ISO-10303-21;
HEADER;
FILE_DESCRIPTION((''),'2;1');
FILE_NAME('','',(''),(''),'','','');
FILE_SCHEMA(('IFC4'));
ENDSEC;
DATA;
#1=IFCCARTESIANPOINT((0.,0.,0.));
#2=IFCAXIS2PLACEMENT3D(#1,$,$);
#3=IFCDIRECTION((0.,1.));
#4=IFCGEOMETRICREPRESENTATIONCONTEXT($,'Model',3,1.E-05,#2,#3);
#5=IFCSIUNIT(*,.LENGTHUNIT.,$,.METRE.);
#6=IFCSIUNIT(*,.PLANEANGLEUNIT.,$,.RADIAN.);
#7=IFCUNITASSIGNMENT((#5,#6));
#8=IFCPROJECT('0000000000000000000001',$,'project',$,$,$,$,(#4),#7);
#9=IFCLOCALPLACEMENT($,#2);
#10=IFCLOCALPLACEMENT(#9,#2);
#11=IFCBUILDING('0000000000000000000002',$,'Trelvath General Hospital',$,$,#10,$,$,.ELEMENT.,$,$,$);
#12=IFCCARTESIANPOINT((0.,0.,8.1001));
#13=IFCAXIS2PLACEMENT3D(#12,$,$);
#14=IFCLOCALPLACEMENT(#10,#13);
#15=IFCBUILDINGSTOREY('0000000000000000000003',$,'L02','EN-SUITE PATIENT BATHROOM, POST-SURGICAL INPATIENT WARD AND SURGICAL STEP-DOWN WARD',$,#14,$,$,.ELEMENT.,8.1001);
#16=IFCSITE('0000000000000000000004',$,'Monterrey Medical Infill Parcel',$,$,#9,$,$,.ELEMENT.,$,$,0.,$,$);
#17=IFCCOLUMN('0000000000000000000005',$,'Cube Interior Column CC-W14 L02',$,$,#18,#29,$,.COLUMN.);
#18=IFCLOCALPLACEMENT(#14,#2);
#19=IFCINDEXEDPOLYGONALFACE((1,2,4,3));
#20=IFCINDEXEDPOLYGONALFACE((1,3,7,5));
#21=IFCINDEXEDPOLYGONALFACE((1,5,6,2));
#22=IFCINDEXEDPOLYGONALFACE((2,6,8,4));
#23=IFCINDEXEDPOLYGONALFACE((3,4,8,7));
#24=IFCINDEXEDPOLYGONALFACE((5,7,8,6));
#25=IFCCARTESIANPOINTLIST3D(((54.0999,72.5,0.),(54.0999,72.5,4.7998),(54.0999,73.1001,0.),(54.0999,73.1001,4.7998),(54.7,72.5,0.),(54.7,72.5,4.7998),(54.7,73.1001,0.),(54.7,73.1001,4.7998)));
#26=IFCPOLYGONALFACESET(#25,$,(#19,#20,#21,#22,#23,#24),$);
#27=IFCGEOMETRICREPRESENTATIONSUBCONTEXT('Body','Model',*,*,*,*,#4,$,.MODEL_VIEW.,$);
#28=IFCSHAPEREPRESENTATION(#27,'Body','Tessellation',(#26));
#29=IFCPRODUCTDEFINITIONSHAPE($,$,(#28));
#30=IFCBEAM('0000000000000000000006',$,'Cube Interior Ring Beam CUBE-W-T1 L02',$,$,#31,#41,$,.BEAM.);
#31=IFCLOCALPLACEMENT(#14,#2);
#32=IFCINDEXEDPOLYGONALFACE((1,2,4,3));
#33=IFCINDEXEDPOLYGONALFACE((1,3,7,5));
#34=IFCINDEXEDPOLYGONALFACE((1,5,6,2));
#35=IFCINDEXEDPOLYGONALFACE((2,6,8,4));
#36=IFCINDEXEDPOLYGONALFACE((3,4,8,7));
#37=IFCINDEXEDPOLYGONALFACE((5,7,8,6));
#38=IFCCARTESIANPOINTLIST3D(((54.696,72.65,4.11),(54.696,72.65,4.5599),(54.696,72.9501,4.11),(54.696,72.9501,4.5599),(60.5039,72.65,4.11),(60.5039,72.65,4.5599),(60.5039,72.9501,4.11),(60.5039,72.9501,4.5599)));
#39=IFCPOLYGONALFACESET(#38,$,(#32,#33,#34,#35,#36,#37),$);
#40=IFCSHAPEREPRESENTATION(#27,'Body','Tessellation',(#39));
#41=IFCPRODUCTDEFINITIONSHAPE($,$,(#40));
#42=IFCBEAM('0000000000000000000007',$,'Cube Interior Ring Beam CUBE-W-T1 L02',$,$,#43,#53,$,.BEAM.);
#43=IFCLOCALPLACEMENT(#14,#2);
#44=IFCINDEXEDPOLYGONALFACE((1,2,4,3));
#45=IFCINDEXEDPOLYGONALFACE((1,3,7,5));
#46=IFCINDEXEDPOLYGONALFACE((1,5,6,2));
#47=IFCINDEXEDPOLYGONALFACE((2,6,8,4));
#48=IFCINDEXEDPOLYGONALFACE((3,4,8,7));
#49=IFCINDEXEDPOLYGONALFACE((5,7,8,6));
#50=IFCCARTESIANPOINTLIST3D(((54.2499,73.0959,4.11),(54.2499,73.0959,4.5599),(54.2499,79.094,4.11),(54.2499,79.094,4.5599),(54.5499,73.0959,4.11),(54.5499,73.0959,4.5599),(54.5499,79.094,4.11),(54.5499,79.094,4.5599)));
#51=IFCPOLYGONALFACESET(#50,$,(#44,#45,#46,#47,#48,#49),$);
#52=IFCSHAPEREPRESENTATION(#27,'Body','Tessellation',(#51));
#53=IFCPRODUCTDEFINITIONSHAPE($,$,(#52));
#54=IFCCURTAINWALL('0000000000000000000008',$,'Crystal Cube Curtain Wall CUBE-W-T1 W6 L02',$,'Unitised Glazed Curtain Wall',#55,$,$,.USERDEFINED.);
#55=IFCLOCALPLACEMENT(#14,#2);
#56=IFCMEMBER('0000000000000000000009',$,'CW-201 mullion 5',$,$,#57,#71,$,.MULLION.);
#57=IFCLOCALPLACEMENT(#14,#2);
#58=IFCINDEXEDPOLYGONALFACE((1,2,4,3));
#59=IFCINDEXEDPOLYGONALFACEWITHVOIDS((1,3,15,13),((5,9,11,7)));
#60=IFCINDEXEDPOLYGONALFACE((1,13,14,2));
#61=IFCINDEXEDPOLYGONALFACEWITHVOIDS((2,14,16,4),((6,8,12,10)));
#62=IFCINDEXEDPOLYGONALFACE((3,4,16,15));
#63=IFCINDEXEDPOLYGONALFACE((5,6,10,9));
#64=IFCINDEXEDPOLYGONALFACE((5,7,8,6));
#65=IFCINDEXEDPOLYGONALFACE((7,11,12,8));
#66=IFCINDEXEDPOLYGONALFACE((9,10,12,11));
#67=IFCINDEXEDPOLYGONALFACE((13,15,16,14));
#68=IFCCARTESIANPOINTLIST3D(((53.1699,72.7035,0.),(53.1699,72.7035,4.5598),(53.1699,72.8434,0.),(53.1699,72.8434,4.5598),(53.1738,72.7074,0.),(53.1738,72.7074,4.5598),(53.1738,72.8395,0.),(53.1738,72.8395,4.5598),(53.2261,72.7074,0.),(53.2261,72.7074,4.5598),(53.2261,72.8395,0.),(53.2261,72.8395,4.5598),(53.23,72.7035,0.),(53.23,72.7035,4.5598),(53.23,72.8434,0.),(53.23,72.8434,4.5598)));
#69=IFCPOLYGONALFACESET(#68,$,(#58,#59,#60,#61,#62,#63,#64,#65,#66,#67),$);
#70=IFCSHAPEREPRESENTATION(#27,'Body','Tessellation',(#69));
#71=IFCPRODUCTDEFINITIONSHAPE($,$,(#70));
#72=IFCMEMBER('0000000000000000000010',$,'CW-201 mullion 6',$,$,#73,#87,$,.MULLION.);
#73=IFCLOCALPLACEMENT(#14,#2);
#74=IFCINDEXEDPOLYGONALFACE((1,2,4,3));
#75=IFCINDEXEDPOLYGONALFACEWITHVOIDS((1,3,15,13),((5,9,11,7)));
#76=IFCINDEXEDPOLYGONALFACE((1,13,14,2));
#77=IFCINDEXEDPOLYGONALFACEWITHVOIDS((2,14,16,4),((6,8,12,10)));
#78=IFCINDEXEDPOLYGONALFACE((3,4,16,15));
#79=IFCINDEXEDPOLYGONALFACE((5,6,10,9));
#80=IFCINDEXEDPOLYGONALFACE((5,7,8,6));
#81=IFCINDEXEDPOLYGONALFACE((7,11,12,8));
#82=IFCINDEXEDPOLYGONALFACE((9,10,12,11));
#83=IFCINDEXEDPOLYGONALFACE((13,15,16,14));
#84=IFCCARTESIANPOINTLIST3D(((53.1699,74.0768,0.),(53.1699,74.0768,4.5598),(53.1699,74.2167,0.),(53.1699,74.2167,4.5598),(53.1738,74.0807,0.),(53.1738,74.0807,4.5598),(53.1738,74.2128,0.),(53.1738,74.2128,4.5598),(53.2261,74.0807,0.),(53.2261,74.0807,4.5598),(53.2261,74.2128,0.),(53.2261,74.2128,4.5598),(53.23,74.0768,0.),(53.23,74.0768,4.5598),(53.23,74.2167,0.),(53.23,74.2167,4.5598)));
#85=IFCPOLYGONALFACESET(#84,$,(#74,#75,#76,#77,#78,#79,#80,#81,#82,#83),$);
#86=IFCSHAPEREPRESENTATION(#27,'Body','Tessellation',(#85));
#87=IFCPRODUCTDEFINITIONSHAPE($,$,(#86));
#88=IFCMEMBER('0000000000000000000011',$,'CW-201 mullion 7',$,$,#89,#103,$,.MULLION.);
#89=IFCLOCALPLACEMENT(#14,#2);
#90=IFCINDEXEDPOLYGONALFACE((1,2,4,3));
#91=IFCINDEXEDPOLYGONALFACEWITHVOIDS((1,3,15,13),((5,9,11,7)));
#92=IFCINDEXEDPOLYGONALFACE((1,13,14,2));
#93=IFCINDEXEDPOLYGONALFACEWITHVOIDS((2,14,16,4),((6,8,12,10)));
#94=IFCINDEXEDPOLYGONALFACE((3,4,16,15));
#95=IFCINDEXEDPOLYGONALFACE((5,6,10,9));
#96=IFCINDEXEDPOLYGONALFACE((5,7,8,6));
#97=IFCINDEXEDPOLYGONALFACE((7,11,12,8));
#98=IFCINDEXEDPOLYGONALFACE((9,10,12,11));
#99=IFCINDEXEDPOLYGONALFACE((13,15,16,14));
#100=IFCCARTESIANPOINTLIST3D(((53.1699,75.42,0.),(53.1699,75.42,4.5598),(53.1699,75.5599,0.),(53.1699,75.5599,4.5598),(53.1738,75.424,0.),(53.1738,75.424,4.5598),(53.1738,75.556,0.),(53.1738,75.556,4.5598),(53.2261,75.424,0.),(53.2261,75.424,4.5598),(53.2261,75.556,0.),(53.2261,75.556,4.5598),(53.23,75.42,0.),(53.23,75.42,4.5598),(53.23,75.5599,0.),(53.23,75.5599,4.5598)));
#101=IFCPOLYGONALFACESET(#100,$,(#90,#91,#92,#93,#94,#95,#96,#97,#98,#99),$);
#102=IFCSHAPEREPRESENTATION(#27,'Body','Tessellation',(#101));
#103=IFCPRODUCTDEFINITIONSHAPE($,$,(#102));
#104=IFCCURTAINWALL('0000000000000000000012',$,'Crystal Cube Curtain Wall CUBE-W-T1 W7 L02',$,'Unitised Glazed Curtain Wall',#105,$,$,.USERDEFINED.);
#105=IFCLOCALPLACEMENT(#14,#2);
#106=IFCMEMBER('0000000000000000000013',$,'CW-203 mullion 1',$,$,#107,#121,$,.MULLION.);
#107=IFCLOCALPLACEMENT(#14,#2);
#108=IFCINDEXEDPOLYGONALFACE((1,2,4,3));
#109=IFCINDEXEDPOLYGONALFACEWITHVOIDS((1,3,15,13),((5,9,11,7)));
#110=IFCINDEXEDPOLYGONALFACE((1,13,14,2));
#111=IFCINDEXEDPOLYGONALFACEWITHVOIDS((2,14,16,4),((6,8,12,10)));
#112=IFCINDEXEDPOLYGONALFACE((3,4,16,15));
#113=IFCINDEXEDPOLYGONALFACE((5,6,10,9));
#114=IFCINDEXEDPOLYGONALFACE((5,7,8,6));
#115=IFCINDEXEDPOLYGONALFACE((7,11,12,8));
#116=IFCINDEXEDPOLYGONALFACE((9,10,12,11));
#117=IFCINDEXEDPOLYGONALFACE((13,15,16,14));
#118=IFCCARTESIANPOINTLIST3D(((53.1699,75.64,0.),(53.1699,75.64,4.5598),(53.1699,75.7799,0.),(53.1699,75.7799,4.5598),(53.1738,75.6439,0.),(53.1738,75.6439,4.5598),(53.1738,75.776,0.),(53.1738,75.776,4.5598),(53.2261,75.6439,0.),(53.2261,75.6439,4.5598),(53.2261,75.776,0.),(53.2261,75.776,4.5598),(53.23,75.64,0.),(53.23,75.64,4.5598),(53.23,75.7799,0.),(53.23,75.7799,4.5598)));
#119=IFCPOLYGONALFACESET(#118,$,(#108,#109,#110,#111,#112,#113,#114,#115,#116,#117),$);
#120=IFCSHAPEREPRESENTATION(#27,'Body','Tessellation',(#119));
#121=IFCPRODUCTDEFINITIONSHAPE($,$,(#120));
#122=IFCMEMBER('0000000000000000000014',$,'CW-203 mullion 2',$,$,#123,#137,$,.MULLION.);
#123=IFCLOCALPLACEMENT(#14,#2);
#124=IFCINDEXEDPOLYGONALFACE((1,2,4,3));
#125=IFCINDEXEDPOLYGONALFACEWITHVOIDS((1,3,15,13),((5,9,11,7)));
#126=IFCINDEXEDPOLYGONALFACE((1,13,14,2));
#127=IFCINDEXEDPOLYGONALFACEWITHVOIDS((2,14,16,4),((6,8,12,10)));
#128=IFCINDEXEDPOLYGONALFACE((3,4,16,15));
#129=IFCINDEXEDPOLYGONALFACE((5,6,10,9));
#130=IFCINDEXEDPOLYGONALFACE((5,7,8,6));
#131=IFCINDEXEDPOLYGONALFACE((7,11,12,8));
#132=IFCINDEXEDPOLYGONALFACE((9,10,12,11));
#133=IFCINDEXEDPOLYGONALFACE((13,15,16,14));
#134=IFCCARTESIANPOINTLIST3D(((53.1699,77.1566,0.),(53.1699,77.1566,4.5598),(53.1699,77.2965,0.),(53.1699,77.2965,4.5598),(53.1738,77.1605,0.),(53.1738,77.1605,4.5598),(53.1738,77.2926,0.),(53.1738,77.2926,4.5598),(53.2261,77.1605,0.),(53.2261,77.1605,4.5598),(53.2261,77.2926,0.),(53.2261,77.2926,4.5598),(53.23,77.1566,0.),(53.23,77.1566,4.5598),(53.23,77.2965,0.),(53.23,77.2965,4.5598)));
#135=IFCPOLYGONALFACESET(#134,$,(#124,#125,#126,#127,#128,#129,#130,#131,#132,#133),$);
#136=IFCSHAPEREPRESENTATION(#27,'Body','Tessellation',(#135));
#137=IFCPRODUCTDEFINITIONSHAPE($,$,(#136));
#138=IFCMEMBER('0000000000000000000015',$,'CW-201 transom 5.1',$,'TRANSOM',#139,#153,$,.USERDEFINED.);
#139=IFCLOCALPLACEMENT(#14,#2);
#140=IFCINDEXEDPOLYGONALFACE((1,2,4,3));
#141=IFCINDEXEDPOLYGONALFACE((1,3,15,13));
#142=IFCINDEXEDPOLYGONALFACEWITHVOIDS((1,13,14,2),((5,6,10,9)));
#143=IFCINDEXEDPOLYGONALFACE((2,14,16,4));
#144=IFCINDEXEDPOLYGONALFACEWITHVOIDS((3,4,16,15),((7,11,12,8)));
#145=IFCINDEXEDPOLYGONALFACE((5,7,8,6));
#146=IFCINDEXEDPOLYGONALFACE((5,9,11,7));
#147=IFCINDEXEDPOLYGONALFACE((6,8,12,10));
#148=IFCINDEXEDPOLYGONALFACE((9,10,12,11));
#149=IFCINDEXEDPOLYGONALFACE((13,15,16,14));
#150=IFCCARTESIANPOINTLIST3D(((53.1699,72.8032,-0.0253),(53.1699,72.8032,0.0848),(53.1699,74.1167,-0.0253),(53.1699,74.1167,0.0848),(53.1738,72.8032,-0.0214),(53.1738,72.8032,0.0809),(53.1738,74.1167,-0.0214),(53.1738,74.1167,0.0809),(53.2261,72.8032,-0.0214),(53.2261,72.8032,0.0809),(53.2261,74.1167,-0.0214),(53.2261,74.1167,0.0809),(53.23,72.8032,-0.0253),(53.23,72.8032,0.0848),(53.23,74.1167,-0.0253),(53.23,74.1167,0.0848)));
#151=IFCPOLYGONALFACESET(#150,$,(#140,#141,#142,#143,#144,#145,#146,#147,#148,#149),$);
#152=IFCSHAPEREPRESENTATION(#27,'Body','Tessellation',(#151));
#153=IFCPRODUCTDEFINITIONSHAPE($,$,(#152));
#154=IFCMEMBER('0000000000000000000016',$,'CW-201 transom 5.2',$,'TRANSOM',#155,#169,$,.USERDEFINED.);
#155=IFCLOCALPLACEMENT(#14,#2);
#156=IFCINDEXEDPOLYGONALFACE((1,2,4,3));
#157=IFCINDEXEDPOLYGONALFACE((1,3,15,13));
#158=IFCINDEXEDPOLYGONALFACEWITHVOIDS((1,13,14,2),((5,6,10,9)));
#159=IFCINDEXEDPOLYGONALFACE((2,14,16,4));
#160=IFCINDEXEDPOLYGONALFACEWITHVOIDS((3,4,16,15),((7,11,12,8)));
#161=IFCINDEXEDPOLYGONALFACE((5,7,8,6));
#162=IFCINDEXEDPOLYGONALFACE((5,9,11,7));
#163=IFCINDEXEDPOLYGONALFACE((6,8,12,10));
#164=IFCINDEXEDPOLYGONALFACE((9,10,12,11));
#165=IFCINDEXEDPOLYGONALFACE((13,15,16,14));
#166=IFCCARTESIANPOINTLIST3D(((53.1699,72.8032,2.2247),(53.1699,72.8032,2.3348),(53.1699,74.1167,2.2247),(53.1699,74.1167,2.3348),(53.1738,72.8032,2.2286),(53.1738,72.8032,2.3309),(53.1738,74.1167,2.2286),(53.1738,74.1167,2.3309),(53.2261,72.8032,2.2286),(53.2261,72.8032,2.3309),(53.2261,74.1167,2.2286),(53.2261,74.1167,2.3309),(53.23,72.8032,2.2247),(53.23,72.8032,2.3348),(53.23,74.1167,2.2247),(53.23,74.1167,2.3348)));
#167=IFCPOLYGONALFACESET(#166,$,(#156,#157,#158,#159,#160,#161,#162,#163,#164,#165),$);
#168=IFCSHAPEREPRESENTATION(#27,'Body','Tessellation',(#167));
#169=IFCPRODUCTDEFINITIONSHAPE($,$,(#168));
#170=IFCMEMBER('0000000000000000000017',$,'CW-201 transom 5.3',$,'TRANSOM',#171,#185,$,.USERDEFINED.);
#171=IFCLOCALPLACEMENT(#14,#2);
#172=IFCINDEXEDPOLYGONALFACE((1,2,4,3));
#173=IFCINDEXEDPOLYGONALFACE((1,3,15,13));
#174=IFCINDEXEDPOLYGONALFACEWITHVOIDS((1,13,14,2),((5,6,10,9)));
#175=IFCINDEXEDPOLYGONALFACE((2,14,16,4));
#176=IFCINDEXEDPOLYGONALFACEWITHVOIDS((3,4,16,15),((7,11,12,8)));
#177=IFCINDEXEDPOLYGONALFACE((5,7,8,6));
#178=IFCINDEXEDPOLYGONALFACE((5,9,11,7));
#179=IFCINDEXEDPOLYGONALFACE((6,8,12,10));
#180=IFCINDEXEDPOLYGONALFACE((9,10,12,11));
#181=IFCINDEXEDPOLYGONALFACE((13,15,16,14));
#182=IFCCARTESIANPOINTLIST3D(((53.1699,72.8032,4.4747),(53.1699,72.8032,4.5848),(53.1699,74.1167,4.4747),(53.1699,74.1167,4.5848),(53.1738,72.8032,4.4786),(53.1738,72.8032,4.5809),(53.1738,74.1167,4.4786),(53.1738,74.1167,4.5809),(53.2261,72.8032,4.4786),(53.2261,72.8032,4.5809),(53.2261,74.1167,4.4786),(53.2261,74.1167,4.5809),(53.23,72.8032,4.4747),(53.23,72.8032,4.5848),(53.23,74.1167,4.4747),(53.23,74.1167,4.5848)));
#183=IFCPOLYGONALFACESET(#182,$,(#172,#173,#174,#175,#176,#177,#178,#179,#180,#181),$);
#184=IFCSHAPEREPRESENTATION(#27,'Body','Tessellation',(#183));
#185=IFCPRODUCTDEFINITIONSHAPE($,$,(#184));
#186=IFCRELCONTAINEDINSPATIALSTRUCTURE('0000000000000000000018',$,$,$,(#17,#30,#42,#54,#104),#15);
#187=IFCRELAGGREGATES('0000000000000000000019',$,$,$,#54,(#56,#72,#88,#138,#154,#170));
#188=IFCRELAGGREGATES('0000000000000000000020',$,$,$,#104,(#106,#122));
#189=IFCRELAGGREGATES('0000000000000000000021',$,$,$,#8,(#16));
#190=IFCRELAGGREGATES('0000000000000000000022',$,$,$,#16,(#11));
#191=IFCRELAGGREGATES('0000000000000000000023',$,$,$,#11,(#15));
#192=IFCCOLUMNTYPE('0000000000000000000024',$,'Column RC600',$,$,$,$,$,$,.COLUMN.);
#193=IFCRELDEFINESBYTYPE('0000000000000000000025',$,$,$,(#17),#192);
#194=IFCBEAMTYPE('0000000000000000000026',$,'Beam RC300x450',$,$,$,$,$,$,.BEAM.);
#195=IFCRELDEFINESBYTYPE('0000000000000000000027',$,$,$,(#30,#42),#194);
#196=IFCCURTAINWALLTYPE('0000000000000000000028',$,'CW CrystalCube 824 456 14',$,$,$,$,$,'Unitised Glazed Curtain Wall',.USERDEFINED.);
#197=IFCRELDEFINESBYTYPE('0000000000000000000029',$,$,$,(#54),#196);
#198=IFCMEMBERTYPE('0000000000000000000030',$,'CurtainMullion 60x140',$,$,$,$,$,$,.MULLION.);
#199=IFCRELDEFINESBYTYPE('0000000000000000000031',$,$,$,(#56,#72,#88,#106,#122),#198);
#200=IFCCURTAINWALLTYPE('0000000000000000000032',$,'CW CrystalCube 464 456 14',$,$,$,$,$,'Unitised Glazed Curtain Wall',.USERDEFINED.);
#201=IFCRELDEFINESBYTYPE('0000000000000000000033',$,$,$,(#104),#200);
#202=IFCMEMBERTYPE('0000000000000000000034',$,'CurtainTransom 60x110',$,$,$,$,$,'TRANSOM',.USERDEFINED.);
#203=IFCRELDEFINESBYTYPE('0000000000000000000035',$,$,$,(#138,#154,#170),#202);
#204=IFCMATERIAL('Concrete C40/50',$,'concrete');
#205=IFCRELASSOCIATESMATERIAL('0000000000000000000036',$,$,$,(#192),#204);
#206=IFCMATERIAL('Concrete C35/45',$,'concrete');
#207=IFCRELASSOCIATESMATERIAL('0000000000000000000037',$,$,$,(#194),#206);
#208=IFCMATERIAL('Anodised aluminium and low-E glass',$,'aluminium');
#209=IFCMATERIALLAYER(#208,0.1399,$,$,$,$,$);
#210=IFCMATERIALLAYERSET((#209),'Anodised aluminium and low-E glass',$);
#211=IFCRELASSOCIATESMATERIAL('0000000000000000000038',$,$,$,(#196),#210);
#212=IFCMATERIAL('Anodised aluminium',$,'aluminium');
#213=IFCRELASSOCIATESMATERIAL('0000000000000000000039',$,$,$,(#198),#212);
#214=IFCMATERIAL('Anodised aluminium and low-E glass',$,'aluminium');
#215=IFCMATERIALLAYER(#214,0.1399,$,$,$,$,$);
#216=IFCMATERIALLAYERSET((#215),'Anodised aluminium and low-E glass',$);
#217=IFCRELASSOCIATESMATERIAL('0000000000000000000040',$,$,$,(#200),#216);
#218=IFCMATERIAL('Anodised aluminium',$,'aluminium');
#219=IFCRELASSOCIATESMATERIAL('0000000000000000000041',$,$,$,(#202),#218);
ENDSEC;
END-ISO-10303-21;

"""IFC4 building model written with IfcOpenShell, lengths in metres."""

from ifc_helpers import new_model, si_unit, direction, frame, origin, origin_2d, place, context, subcontext, project, spatial, rectangle, hollow_rectangle, extrude, material, layer, layer_set, material_profile, profile_set, type_object, element, aggregate, save


model = new_model("IFC4")

# Units and contexts
model_context = context("Model", 3, precision=1e-05, world=origin(), true_north=direction((0.0, 1.0)))
body_context = subcontext(model_context, "Body", "Model", "MODEL_VIEW")
ifc_project = project(units=[si_unit("LENGTHUNIT", "METRE"), si_unit("PLANEANGLEUNIT", "RADIAN")], contexts=[model_context])

# Site, building, storey
site_placement = place(None, origin())
site = spatial("IfcSite", under=ifc_project, at=site_placement, Name="Monterrey Medical Infill Parcel", CompositionType="ELEMENT", RefElevation=0.0)
building_placement = place(site_placement, origin())
building = spatial("IfcBuilding", under=site, at=building_placement, Name="Trelvath General Hospital", CompositionType="ELEMENT")
storey_placement = place(building_placement, frame((0.0, 0.0, 8.1001)))
storey = spatial("IfcBuildingStorey", under=building, at=storey_placement, Name="L02", Description="EN-SUITE PATIENT BATHROOM, POST-SURGICAL INPATIENT WARD AND SURGICAL STEP-DOWN WARD", CompositionType="ELEMENT", Elevation=8.1001)

# Column
ifc_material_1 = material(Name="Concrete C40/50", Category="concrete")
ifc_material_profile_1 = material_profile(ifc_material_1, rectangle(XDim=0.6001, YDim=0.6001, at=origin_2d()), Name="RC600x600")
ifc_profile_set_1 = profile_set([ifc_material_profile_1], Name="Concrete C40/50")
column_type = type_object("IfcColumnType", Name="Column RC600", PredefinedType="COLUMN", material=ifc_profile_set_1)
column_placement = place(storey_placement, frame((54.3999, 72.8, 0.0), z_axis=(0.0, 0.0, 1.0), x_axis=(1.0, 0.0, 0.0)))
element("IfcColumn", 1, at=column_placement, inside=storey, type_object=column_type, Name="Cube Interior Column CC-W14 L02", PredefinedType="COLUMN", context=body_context, shape_type="SweptSolid", body=[
    extrude(rectangle(XDim=0.6001, YDim=0.6001, at=origin_2d()), origin(), (0.0, 0.0, 1.0), 4.7998),
])

# Beams
ifc_material_2 = material(Name="Concrete C35/45", Category="concrete")
ifc_material_profile_2 = material_profile(ifc_material_2, rectangle(XDim=0.3, YDim=0.45, at=origin_2d()), Name="RCB300x450")
ifc_profile_set_2 = profile_set([ifc_material_profile_2], Name="Concrete C35/45")
beam_type = type_object("IfcBeamType", Name="Beam RC300x450", PredefinedType="BEAM", material=ifc_profile_set_2)
beam_1_placement = place(storey_placement, frame((54.696, 72.8, 4.335), z_axis=(1.0, 0.0, 0.0), x_axis=(0.0, 1.0, 0.0)))
element("IfcBeam", 2, at=beam_1_placement, inside=storey, type_object=beam_type, Name="Cube Interior Ring Beam CUBE-W-T1 L02", PredefinedType="BEAM", context=body_context, shape_type="SweptSolid", body=[
    extrude(rectangle(XDim=0.3, YDim=0.45, at=origin_2d()), origin(), (0.0, 0.0, 1.0), 5.8079),
])
beam_2_placement = place(storey_placement, frame((54.3999, 73.0959, 4.335), z_axis=(0.0, 1.0, 0.0), x_axis=(-1.0, 0.0, 0.0)))
element("IfcBeam", 3, at=beam_2_placement, inside=storey, type_object=beam_type, Name="Cube Interior Ring Beam CUBE-W-T1 L02", PredefinedType="BEAM", context=body_context, shape_type="SweptSolid", body=[
    extrude(rectangle(XDim=0.3, YDim=0.45, at=origin_2d()), origin(), (0.0, 0.0, 1.0), 5.998),
])

# Curtain walls, members
ifc_material_3 = material(Name="Anodised aluminium and low-E glass", Category="aluminium")
ifc_layer_1 = layer(ifc_material_3, 0.1399)
ifc_layer_set_1 = layer_set([ifc_layer_1], Name="Anodised aluminium and low-E glass")
curtain_wall_type_1 = type_object("IfcCurtainWallType", Name="CW CrystalCube 824 456 14", ElementType="Unitised Glazed Curtain Wall", PredefinedType="USERDEFINED", material=ifc_layer_set_1)
curtain_wall_1_placement = place(storey_placement, origin())
curtain_wall_1 = element("IfcCurtainWall", 4, at=curtain_wall_1_placement, inside=storey, type_object=curtain_wall_type_1, Name="Crystal Cube Curtain Wall CUBE-W-T1 W6 L02", ObjectType="Unitised Glazed Curtain Wall", PredefinedType="USERDEFINED")
ifc_material_4 = material(Name="Anodised aluminium", Category="aluminium")
ifc_material_profile_3 = material_profile(ifc_material_4, hollow_rectangle(XDim=0.0601, YDim=0.1399, WallThickness=0.0039, at=origin_2d()), Name="RHS60x140x4")
ifc_profile_set_3 = profile_set([ifc_material_profile_3], Name="Anodised aluminium")
member_type_1 = type_object("IfcMemberType", Name="CurtainMullion 60x140", PredefinedType="MULLION", material=ifc_profile_set_3)
member_1_placement = place(storey_placement, frame((53.2, 72.7734, 0.0), z_axis=(0.0, 0.0, 1.0), x_axis=(-1.0, 0.0, 0.0)))
member_1 = element("IfcMember", 5, at=member_1_placement, type_object=member_type_1, Name="CW-201 mullion 5", PredefinedType="MULLION", context=body_context, shape_type="SweptSolid", body=[
    extrude(hollow_rectangle(XDim=0.0601, YDim=0.1399, WallThickness=0.0039, at=origin_2d()), origin(), (0.0, 0.0, 1.0), 4.5598),
])
member_2_placement = place(storey_placement, frame((53.2, 74.1467, 0.0), z_axis=(0.0, 0.0, 1.0), x_axis=(-1.0, 0.0, 0.0)))
member_2 = element("IfcMember", 6, at=member_2_placement, type_object=member_type_1, Name="CW-201 mullion 6", PredefinedType="MULLION", context=body_context, shape_type="SweptSolid", body=[
    extrude(hollow_rectangle(XDim=0.0601, YDim=0.1399, WallThickness=0.0039, at=origin_2d()), origin(), (0.0, 0.0, 1.0), 4.5598),
])
member_3_placement = place(storey_placement, frame((53.2, 75.49, 0.0), z_axis=(0.0, 0.0, 1.0), x_axis=(-1.0, 0.0, 0.0)))
member_3 = element("IfcMember", 7, at=member_3_placement, type_object=member_type_1, Name="CW-201 mullion 7", PredefinedType="MULLION", context=body_context, shape_type="SweptSolid", body=[
    extrude(hollow_rectangle(XDim=0.0601, YDim=0.1399, WallThickness=0.0039, at=origin_2d()), origin(), (0.0, 0.0, 1.0), 4.5598),
])
ifc_material_5 = material(Name="Anodised aluminium and low-E glass", Category="aluminium")
ifc_layer_2 = layer(ifc_material_5, 0.1399)
ifc_layer_set_2 = layer_set([ifc_layer_2], Name="Anodised aluminium and low-E glass")
curtain_wall_type_2 = type_object("IfcCurtainWallType", Name="CW CrystalCube 464 456 14", ElementType="Unitised Glazed Curtain Wall", PredefinedType="USERDEFINED", material=ifc_layer_set_2)
curtain_wall_2_placement = place(storey_placement, origin())
curtain_wall_2 = element("IfcCurtainWall", 8, at=curtain_wall_2_placement, inside=storey, type_object=curtain_wall_type_2, Name="Crystal Cube Curtain Wall CUBE-W-T1 W7 L02", ObjectType="Unitised Glazed Curtain Wall", PredefinedType="USERDEFINED")
member_4_placement = place(storey_placement, frame((53.2, 75.71, 0.0), z_axis=(0.0, 0.0, 1.0), x_axis=(-1.0, 0.0, 0.0)))
member_4 = element("IfcMember", 9, at=member_4_placement, type_object=member_type_1, Name="CW-203 mullion 1", PredefinedType="MULLION", context=body_context, shape_type="SweptSolid", body=[
    extrude(hollow_rectangle(XDim=0.0601, YDim=0.1399, WallThickness=0.0039, at=origin_2d()), origin(), (0.0, 0.0, 1.0), 4.5598),
])
member_5_placement = place(storey_placement, frame((53.2, 77.2266, 0.0), z_axis=(0.0, 0.0, 1.0), x_axis=(-1.0, 0.0, 0.0)))
member_5 = element("IfcMember", 10, at=member_5_placement, type_object=member_type_1, Name="CW-203 mullion 2", PredefinedType="MULLION", context=body_context, shape_type="SweptSolid", body=[
    extrude(hollow_rectangle(XDim=0.0601, YDim=0.1399, WallThickness=0.0039, at=origin_2d()), origin(), (0.0, 0.0, 1.0), 4.5598),
])

# Members
ifc_material_6 = material(Name="Anodised aluminium", Category="aluminium")
ifc_material_profile_4 = material_profile(ifc_material_6, hollow_rectangle(XDim=0.0601, YDim=0.1101, WallThickness=0.0039, at=origin_2d()), Name="RHS60x110x4")
ifc_profile_set_4 = profile_set([ifc_material_profile_4], Name="Anodised aluminium")
member_type_2 = type_object("IfcMemberType", Name="CurtainTransom 60x110", ElementType="TRANSOM", PredefinedType="USERDEFINED", material=ifc_profile_set_4)
member_6_placement = place(storey_placement, frame((53.2, 72.8032, 0.0298), z_axis=(0.0, 1.0, 0.0), x_axis=(-1.0, 0.0, 0.0)))
member_6 = element("IfcMember", 11, at=member_6_placement, type_object=member_type_2, Name="CW-201 transom 5.1", ObjectType="TRANSOM", PredefinedType="USERDEFINED", context=body_context, shape_type="SweptSolid", body=[
    extrude(hollow_rectangle(XDim=0.0601, YDim=0.1101, WallThickness=0.0039, at=origin_2d()), origin(), (0.0, 0.0, 1.0), 1.3135),
])
member_7_placement = place(storey_placement, frame((53.2, 72.8032, 2.2798), z_axis=(0.0, 1.0, 0.0), x_axis=(-1.0, 0.0, 0.0)))
member_7 = element("IfcMember", 12, at=member_7_placement, type_object=member_type_2, Name="CW-201 transom 5.2", ObjectType="TRANSOM", PredefinedType="USERDEFINED", context=body_context, shape_type="SweptSolid", body=[
    extrude(hollow_rectangle(XDim=0.0601, YDim=0.1101, WallThickness=0.0039, at=origin_2d()), origin(), (0.0, 0.0, 1.0), 1.3135),
])
member_8_placement = place(storey_placement, frame((53.2, 72.8032, 4.5298), z_axis=(0.0, 1.0, 0.0), x_axis=(-1.0, 0.0, 0.0)))
member_8 = element("IfcMember", 13, at=member_8_placement, type_object=member_type_2, Name="CW-201 transom 5.3", ObjectType="TRANSOM", PredefinedType="USERDEFINED", context=body_context, shape_type="SweptSolid", body=[
    extrude(hollow_rectangle(XDim=0.0601, YDim=0.1101, WallThickness=0.0039, at=origin_2d()), origin(), (0.0, 0.0, 1.0), 1.3135),
])

aggregate(curtain_wall_1, [member_1, member_2, member_3, member_6, member_7, member_8])
aggregate(curtain_wall_2, [member_4, member_5])

save(model, "model.ifc")
